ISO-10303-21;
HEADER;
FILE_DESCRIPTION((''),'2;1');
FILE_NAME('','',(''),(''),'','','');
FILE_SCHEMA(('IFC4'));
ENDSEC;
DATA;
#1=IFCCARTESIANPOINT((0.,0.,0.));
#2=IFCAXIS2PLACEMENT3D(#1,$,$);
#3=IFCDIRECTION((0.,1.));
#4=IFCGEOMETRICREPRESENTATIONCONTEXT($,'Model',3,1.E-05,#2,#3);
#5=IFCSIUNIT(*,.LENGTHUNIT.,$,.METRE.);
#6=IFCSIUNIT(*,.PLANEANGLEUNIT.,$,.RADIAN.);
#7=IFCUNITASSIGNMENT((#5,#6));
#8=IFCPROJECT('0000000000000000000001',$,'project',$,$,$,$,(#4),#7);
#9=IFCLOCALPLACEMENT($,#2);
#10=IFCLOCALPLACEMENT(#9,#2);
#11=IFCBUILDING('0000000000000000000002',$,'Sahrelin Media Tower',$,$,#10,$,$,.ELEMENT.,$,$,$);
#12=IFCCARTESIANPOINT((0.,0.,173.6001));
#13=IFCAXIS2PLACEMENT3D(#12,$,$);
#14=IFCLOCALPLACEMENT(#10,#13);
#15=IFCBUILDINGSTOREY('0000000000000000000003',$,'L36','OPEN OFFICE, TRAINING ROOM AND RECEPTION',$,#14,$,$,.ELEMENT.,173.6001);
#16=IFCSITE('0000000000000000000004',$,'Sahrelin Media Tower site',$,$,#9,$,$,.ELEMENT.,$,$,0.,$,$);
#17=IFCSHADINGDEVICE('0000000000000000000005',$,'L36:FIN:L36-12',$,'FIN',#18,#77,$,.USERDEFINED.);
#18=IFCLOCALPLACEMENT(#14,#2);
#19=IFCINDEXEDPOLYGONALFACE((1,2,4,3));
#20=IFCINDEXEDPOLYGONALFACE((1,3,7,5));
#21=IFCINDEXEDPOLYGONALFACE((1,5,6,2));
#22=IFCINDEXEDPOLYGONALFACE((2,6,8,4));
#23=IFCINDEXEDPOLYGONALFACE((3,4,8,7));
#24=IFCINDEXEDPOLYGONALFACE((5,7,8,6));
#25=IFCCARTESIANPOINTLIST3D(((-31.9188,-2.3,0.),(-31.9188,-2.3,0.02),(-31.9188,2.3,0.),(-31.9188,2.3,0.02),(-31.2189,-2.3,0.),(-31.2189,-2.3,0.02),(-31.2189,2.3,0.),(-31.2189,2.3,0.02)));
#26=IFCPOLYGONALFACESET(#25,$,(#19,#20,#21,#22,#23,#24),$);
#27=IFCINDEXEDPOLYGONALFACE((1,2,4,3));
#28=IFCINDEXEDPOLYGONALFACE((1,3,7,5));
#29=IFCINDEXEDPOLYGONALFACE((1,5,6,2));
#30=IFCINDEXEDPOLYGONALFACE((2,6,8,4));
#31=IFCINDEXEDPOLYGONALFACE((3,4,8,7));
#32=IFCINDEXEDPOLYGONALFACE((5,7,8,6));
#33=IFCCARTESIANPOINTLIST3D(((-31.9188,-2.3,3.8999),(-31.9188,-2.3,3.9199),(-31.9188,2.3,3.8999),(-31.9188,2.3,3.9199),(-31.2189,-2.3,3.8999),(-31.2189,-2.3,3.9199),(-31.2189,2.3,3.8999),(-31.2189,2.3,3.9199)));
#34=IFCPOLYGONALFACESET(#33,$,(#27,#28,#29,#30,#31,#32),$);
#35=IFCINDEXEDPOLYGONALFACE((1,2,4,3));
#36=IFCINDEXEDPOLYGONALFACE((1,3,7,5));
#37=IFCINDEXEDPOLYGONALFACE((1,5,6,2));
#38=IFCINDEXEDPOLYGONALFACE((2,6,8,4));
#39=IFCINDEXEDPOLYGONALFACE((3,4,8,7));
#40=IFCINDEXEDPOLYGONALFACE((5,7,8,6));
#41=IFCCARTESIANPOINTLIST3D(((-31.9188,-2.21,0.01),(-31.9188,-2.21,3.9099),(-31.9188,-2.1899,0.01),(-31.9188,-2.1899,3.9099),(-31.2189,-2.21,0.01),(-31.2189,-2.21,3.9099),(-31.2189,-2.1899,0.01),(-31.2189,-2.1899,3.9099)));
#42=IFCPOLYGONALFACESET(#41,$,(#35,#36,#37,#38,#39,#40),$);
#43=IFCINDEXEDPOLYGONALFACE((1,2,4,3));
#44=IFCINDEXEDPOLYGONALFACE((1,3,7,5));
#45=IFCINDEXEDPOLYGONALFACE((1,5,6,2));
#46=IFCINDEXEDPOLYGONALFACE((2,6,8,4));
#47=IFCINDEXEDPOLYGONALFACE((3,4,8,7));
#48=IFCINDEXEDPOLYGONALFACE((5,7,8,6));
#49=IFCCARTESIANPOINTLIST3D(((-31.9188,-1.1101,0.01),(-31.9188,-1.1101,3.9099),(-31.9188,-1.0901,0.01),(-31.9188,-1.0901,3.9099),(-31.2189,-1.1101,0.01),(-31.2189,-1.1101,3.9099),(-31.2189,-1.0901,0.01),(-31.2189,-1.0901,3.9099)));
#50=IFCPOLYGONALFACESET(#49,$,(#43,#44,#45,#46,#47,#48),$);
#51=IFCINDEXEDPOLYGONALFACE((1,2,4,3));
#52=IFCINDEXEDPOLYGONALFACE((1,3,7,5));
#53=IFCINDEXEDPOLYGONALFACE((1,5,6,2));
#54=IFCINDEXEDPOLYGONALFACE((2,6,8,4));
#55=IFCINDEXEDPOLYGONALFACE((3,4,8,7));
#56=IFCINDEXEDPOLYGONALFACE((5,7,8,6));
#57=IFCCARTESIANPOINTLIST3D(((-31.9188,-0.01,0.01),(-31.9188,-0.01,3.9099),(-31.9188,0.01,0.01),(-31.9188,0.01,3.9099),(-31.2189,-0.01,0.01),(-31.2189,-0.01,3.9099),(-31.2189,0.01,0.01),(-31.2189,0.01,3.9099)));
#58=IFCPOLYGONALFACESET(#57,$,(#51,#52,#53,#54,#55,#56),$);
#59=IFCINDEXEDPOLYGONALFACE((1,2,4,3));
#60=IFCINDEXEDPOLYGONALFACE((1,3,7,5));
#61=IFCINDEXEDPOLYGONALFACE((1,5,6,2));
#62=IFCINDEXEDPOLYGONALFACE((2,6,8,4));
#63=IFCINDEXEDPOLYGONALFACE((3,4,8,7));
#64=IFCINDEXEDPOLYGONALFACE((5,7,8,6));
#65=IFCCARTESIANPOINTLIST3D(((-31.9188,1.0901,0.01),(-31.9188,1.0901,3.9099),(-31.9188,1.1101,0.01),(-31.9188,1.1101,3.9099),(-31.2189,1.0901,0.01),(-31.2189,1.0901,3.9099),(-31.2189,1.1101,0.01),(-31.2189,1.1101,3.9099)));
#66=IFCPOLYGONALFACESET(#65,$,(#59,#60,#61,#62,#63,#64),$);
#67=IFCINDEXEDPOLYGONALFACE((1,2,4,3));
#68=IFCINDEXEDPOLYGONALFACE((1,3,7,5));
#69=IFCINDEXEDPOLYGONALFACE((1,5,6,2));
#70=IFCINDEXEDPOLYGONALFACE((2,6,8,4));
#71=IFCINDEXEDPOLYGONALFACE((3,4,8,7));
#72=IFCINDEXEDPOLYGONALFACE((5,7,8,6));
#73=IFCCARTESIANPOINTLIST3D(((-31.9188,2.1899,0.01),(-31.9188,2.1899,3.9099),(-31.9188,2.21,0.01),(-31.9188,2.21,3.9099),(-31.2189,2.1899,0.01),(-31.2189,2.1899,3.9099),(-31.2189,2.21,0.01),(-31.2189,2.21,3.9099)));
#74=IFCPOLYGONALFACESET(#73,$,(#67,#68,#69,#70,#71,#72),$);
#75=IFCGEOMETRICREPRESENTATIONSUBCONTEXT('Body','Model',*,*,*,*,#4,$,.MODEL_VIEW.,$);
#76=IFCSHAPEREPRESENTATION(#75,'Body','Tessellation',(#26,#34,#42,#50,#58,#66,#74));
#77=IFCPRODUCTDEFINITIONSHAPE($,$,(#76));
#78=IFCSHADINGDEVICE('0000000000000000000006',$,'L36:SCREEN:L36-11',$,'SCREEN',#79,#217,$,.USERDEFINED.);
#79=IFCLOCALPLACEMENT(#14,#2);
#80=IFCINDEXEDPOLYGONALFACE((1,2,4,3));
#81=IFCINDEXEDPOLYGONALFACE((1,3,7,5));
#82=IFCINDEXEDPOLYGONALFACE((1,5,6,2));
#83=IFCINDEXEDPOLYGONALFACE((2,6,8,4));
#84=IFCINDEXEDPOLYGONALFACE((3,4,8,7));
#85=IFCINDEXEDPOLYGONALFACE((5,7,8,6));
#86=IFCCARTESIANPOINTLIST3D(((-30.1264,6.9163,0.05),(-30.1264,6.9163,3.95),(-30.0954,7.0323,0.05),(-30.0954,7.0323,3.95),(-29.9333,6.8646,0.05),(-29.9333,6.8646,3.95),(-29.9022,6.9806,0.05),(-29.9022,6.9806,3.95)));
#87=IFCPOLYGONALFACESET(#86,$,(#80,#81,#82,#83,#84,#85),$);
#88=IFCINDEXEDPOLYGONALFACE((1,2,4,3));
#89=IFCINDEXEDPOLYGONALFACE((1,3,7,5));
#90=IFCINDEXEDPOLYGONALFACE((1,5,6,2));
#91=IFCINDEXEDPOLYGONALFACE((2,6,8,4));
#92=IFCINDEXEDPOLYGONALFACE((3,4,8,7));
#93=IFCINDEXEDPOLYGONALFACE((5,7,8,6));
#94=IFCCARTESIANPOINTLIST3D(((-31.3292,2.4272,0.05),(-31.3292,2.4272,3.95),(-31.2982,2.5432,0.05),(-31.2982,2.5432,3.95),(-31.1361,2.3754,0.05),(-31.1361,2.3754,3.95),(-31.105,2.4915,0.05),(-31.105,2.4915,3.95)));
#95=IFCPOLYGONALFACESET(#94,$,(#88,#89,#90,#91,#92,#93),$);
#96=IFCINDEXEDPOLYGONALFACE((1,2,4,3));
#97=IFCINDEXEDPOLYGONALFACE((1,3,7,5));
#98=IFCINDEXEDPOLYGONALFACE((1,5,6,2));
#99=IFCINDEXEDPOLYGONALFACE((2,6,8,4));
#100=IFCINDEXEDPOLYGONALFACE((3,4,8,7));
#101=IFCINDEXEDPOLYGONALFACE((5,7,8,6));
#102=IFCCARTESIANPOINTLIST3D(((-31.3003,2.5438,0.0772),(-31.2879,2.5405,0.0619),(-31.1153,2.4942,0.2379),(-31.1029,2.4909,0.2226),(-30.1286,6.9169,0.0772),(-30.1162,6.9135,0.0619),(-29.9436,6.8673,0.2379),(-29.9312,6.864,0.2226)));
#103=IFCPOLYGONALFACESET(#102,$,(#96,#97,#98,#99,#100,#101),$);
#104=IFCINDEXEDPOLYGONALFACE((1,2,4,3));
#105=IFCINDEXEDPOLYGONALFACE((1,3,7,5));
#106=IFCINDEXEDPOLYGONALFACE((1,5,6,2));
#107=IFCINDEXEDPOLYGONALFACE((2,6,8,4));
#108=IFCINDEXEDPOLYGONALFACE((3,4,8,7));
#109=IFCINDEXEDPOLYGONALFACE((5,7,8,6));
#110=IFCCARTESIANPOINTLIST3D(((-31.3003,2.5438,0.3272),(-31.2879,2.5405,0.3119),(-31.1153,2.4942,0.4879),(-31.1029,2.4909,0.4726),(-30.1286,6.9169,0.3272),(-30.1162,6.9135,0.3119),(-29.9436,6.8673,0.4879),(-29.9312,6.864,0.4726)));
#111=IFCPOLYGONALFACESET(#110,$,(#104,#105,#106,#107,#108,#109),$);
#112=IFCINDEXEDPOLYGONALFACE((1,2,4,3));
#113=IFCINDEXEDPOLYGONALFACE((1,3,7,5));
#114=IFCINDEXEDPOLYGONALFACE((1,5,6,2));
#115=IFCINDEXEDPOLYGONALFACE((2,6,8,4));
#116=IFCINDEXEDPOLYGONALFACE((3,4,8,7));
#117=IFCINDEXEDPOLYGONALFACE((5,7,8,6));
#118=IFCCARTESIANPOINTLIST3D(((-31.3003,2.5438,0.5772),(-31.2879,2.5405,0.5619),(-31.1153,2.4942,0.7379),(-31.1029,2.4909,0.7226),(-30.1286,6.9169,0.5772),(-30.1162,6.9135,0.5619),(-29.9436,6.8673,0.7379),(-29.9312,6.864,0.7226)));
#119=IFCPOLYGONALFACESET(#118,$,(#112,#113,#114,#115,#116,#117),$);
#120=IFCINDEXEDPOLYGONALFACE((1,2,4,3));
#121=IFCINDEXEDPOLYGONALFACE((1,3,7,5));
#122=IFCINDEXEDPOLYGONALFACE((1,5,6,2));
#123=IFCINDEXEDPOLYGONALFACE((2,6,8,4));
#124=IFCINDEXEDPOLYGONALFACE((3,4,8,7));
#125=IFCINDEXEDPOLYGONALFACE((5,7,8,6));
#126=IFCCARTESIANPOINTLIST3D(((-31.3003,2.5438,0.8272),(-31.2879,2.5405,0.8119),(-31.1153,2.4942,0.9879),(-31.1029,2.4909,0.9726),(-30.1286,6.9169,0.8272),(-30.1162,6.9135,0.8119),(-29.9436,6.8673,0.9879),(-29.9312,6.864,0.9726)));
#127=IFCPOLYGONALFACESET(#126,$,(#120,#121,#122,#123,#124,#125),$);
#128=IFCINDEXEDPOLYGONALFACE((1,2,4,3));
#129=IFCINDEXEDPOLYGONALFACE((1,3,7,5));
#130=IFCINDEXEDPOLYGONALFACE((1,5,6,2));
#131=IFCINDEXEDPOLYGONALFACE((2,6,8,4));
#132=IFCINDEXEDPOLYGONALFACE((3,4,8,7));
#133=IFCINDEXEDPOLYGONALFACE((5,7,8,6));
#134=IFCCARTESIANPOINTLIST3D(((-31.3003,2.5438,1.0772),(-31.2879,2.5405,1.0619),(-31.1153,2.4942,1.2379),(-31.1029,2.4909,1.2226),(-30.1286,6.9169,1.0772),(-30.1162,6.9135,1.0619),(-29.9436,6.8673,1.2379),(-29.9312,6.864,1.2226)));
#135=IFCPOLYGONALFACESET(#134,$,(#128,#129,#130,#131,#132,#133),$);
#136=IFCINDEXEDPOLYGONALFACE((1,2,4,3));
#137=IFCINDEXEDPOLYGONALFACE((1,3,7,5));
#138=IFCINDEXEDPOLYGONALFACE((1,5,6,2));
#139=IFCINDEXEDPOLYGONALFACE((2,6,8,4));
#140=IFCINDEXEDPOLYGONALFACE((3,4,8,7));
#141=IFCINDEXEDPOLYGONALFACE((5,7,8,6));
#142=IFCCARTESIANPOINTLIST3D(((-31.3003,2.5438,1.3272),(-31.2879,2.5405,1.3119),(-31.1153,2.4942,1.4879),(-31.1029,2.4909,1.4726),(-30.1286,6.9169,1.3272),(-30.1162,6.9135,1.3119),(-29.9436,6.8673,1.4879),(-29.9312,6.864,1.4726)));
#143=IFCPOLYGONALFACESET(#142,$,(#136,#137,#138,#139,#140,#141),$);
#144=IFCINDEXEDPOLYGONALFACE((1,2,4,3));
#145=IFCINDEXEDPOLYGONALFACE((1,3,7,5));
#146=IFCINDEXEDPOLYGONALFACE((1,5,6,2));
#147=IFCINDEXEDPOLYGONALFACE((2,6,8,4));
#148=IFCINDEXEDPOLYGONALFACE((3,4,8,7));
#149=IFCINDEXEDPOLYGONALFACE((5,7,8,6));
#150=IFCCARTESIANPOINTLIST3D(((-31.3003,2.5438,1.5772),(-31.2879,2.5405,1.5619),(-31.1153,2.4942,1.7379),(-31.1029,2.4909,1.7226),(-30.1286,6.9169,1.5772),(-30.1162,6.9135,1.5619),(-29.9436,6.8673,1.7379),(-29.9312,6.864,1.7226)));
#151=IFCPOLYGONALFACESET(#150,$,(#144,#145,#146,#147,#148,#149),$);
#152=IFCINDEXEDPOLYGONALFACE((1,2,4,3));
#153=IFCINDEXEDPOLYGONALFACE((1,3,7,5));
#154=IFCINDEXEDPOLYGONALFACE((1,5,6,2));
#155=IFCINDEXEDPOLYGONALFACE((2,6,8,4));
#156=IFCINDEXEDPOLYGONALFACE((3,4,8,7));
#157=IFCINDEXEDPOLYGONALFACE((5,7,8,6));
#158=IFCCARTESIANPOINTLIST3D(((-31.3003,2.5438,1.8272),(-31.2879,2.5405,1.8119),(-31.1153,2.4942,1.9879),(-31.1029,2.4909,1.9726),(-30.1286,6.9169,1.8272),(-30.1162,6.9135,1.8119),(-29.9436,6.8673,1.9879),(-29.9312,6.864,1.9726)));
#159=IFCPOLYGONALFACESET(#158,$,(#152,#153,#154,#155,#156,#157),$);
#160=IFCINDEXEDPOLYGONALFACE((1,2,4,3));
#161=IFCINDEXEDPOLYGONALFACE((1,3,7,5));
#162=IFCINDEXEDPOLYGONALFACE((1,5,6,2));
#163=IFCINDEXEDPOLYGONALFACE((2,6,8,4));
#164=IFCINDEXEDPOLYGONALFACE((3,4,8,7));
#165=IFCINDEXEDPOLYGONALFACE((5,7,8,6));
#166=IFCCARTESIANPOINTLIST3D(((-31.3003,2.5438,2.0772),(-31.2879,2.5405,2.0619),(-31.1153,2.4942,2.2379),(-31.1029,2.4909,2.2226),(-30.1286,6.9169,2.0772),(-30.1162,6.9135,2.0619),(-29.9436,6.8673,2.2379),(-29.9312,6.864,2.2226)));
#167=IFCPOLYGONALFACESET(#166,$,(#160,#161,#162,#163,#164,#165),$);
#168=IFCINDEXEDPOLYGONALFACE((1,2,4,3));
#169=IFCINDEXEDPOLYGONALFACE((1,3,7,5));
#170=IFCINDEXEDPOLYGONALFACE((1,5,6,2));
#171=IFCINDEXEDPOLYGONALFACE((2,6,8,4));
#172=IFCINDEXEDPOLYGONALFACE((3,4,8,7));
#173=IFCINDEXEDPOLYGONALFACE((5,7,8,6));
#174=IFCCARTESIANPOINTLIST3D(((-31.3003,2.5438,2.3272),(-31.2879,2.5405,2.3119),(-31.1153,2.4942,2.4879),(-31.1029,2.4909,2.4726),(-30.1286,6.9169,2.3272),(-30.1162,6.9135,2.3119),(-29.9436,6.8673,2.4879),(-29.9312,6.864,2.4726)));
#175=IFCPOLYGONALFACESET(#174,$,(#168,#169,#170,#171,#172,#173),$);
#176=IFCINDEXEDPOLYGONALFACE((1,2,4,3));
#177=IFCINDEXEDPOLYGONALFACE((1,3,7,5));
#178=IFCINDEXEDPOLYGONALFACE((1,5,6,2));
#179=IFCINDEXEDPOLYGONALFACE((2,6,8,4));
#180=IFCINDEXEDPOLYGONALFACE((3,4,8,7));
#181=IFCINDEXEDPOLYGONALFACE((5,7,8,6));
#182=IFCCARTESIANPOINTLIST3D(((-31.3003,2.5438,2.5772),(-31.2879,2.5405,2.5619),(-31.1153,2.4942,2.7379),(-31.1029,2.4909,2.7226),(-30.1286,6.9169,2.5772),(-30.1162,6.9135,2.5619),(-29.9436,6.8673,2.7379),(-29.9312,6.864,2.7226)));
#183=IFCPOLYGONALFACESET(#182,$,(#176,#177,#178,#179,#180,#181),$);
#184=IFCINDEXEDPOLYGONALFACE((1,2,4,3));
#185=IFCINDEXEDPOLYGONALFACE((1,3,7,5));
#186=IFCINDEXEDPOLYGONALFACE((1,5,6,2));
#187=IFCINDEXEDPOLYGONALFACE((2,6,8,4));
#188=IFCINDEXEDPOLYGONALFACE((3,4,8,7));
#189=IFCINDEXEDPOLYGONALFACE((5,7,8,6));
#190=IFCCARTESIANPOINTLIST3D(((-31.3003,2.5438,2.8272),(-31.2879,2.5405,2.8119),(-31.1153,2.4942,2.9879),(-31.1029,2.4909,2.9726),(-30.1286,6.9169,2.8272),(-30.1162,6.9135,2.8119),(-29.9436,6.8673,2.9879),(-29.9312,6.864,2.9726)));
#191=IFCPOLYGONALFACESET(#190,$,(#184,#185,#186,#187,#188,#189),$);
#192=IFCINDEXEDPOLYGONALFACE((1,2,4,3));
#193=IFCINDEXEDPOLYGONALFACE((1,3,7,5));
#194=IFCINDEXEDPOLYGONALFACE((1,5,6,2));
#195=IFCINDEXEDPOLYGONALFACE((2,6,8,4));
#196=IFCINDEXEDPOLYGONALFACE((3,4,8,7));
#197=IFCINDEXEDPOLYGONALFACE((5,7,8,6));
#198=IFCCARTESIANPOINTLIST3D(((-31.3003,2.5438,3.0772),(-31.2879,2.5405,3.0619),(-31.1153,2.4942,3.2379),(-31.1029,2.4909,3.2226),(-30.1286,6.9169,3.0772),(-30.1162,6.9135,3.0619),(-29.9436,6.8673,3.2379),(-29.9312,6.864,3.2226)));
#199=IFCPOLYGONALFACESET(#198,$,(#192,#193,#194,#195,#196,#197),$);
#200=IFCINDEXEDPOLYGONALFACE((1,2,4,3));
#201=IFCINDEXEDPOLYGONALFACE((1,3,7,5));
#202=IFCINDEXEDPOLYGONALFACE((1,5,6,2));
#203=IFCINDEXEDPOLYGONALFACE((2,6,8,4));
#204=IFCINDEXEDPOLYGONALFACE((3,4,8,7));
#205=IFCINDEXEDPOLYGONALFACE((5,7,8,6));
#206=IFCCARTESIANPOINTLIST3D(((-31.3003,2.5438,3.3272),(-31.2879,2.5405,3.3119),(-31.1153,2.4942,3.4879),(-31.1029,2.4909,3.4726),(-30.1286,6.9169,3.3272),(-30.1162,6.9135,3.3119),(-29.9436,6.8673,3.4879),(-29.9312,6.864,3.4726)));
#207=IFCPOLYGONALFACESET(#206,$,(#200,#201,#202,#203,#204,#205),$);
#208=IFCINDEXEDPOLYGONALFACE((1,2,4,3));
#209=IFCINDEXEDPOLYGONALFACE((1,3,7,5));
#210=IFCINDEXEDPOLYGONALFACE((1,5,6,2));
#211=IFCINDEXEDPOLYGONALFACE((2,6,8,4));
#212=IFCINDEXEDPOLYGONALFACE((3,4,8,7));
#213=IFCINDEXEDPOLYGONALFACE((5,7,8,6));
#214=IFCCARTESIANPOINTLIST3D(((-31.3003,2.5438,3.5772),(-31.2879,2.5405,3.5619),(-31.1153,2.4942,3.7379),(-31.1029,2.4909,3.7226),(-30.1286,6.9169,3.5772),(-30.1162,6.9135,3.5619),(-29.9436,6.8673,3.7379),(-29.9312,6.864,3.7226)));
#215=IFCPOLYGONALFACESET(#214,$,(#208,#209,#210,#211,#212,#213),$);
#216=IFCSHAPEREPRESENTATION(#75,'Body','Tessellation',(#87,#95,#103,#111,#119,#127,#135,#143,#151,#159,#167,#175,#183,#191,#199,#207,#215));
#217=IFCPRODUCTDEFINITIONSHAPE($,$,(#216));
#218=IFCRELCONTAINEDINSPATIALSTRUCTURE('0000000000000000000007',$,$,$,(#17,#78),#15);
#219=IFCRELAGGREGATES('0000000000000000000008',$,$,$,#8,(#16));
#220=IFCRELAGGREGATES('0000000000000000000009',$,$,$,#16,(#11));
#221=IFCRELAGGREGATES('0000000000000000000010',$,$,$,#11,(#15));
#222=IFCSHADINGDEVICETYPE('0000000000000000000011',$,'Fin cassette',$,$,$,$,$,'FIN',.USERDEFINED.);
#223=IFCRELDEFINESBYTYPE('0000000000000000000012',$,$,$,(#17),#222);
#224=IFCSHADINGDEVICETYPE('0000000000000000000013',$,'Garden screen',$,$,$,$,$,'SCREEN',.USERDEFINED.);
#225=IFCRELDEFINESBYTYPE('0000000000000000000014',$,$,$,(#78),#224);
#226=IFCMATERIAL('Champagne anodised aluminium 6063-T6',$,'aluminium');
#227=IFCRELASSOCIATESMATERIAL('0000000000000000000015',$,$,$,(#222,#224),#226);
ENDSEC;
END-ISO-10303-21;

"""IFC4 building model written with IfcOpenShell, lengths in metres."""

from ifc_helpers import new_model, si_unit, direction, frame, origin, origin_2d, place, context, subcontext, project, spatial, rectangle, extrude, material, type_object, element, save


model = new_model("IFC4")

# Units and contexts
model_context = context("Model", 3, precision=1e-05, world=origin(), true_north=direction((0.0, 1.0)))
body_context = subcontext(model_context, "Body", "Model", "MODEL_VIEW")
ifc_project = project(units=[si_unit("LENGTHUNIT", "METRE"), si_unit("PLANEANGLEUNIT", "RADIAN")], contexts=[model_context])

# Site, building, storey
site_placement = place(None, origin())
site = spatial("IfcSite", under=ifc_project, at=site_placement, Name="Sahrelin Media Tower site", CompositionType="ELEMENT", RefElevation=0.0)
building_placement = place(site_placement, origin())
building = spatial("IfcBuilding", under=site, at=building_placement, Name="Sahrelin Media Tower", CompositionType="ELEMENT")
storey_placement = place(building_placement, frame((0.0, 0.0, 173.6001)))
storey = spatial("IfcBuildingStorey", under=building, at=storey_placement, Name="L36", Description="OPEN OFFICE, TRAINING ROOM AND RECEPTION", CompositionType="ELEMENT", Elevation=173.6001)

# Shared definitions
ifc_material_1 = material(Name="Champagne anodised aluminium 6063-T6", Category="aluminium")

# Shading devices
shading_device_type_1 = type_object("IfcShadingDeviceType", Name="Fin cassette", ElementType="FIN", PredefinedType="USERDEFINED", material=ifc_material_1)
placement = place(storey_placement, frame((-31.1489, 0.0, 0.0), z_axis=(0.0, 0.0, 1.0), x_axis=(0.0, 1.0, 0.0)))
element("IfcShadingDevice", 1, at=placement, inside=storey, type_object=shading_device_type_1, Name="L36:FIN:L36-12", ObjectType="FIN", PredefinedType="USERDEFINED", context=body_context, shape_type="SweptSolid", body=[
    extrude(rectangle(XDim=4.6001, YDim=0.7, at=origin_2d()), frame((0.0, 0.4199, 0.0)), (0.0, 0.0, 1.0), 0.02),
    extrude(rectangle(XDim=4.6001, YDim=0.7, at=origin_2d()), frame((0.0, 0.4199, 3.8999)), (0.0, 0.0, 1.0), 0.02),
    extrude(rectangle(XDim=0.02, YDim=0.7, at=origin_2d()), frame((-2.2, 0.4199, 0.01), z_axis=(0.0, 0.0, 1.0), x_axis=(1.0, 0.0, 0.0)), (0.0, 0.0, 1.0), 3.8999),
    extrude(rectangle(XDim=0.02, YDim=0.7, at=origin_2d()), frame((-1.1001, 0.4199, 0.01), z_axis=(0.0, 0.0, 1.0), x_axis=(1.0, 0.0, 0.0)), (0.0, 0.0, 1.0), 3.8999),
    extrude(rectangle(XDim=0.02, YDim=0.7, at=origin_2d()), frame((0.0, 0.4199, 0.01), z_axis=(0.0, 0.0, 1.0), x_axis=(1.0, 0.0, 0.0)), (0.0, 0.0, 1.0), 3.8999),
    extrude(rectangle(XDim=0.02, YDim=0.7, at=origin_2d()), frame((1.1001, 0.4199, 0.01), z_axis=(0.0, 0.0, 1.0), x_axis=(1.0, 0.0, 0.0)), (0.0, 0.0, 1.0), 3.8999),
    extrude(rectangle(XDim=0.02, YDim=0.7, at=origin_2d()), frame((2.2, 0.4199, 0.01), z_axis=(0.0, 0.0, 1.0), x_axis=(1.0, 0.0, 0.0)), (0.0, 0.0, 1.0), 3.8999),
])
shading_device_type_2 = type_object("IfcShadingDeviceType", Name="Garden screen", ElementType="SCREEN", PredefinedType="USERDEFINED", material=ifc_material_1)
shading_device_1_placement = place(storey_placement, frame((-30.519, 4.678, 0.0), z_axis=(0.0, 0.0, 1.0), x_axis=(0.258808, 0.965929, 0.0)))
element("IfcShadingDevice", 2, at=shading_device_1_placement, inside=storey, type_object=shading_device_type_2, Name="L36:SCREEN:L36-11", ObjectType="SCREEN", PredefinedType="USERDEFINED", context=body_context, shape_type="SweptSolid", body=[
    extrude(rectangle(XDim=0.1201, YDim=0.2, at=origin_2d()), frame((2.3237, 0.1001, 0.05), z_axis=(0.0, 0.0, 1.0), x_axis=(1.0, 0.0, 0.0)), (0.0, 0.0, 1.0), 3.8999),
    extrude(rectangle(XDim=0.1201, YDim=0.2, at=origin_2d()), frame((-2.3237, 0.1001, 0.05), z_axis=(0.0, 0.0, 1.0), x_axis=(1.0, 0.0, 0.0)), (0.0, 0.0, 1.0), 3.8999),
    extrude(rectangle(XDim=0.25, YDim=0.02, at=origin_2d()), frame((2.2637, 0.1001, 0.1499), z_axis=(-1.0, 0.0, 0.0), x_axis=(0.0, -0.766044, 0.642788)), (0.0, 0.0, 1.0), 4.5273),
    extrude(rectangle(XDim=0.25, YDim=0.02, at=origin_2d()), frame((2.2637, 0.1001, 0.3999), z_axis=(-1.0, 0.0, 0.0), x_axis=(0.0, -0.766044, 0.642788)), (0.0, 0.0, 1.0), 4.5273),
    extrude(rectangle(XDim=0.25, YDim=0.02, at=origin_2d()), frame((2.2637, 0.1001, 0.6499), z_axis=(-1.0, 0.0, 0.0), x_axis=(0.0, -0.766044, 0.642788)), (0.0, 0.0, 1.0), 4.5273),
    extrude(rectangle(XDim=0.25, YDim=0.02, at=origin_2d()), frame((2.2637, 0.1001, 0.8999), z_axis=(-1.0, 0.0, 0.0), x_axis=(0.0, -0.766044, 0.642788)), (0.0, 0.0, 1.0), 4.5273),
    extrude(rectangle(XDim=0.25, YDim=0.02, at=origin_2d()), frame((2.2637, 0.1001, 1.1499), z_axis=(-1.0, 0.0, 0.0), x_axis=(0.0, -0.766044, 0.642788)), (0.0, 0.0, 1.0), 4.5273),
    extrude(rectangle(XDim=0.25, YDim=0.02, at=origin_2d()), frame((2.2637, 0.1001, 1.3999), z_axis=(-1.0, 0.0, 0.0), x_axis=(0.0, -0.766044, 0.642788)), (0.0, 0.0, 1.0), 4.5273),
    extrude(rectangle(XDim=0.25, YDim=0.02, at=origin_2d()), frame((2.2637, 0.1001, 1.6499), z_axis=(-1.0, 0.0, 0.0), x_axis=(0.0, -0.766044, 0.642788)), (0.0, 0.0, 1.0), 4.5273),
    extrude(rectangle(XDim=0.25, YDim=0.02, at=origin_2d()), frame((2.2637, 0.1001, 1.8999), z_axis=(-1.0, 0.0, 0.0), x_axis=(0.0, -0.766044, 0.642788)), (0.0, 0.0, 1.0), 4.5273),
    extrude(rectangle(XDim=0.25, YDim=0.02, at=origin_2d()), frame((2.2637, 0.1001, 2.1499), z_axis=(-1.0, 0.0, 0.0), x_axis=(0.0, -0.766044, 0.642788)), (0.0, 0.0, 1.0), 4.5273),
    extrude(rectangle(XDim=0.25, YDim=0.02, at=origin_2d()), frame((2.2637, 0.1001, 2.3999), z_axis=(-1.0, 0.0, 0.0), x_axis=(0.0, -0.766044, 0.642788)), (0.0, 0.0, 1.0), 4.5273),
    extrude(rectangle(XDim=0.25, YDim=0.02, at=origin_2d()), frame((2.2637, 0.1001, 2.6499), z_axis=(-1.0, 0.0, 0.0), x_axis=(0.0, -0.766044, 0.642788)), (0.0, 0.0, 1.0), 4.5273),
    extrude(rectangle(XDim=0.25, YDim=0.02, at=origin_2d()), frame((2.2637, 0.1001, 2.8999), z_axis=(-1.0, 0.0, 0.0), x_axis=(0.0, -0.766044, 0.642788)), (0.0, 0.0, 1.0), 4.5273),
    extrude(rectangle(XDim=0.25, YDim=0.02, at=origin_2d()), frame((2.2637, 0.1001, 3.1499), z_axis=(-1.0, 0.0, 0.0), x_axis=(0.0, -0.766044, 0.642788)), (0.0, 0.0, 1.0), 4.5273),
    extrude(rectangle(XDim=0.25, YDim=0.02, at=origin_2d()), frame((2.2637, 0.1001, 3.3999), z_axis=(-1.0, 0.0, 0.0), x_axis=(0.0, -0.766044, 0.642788)), (0.0, 0.0, 1.0), 4.5273),
    extrude(rectangle(XDim=0.25, YDim=0.02, at=origin_2d()), frame((2.2637, 0.1001, 3.6499), z_axis=(-1.0, 0.0, 0.0), x_axis=(0.0, -0.766044, 0.642788)), (0.0, 0.0, 1.0), 4.5273),
])

save(model, "model.ifc")
